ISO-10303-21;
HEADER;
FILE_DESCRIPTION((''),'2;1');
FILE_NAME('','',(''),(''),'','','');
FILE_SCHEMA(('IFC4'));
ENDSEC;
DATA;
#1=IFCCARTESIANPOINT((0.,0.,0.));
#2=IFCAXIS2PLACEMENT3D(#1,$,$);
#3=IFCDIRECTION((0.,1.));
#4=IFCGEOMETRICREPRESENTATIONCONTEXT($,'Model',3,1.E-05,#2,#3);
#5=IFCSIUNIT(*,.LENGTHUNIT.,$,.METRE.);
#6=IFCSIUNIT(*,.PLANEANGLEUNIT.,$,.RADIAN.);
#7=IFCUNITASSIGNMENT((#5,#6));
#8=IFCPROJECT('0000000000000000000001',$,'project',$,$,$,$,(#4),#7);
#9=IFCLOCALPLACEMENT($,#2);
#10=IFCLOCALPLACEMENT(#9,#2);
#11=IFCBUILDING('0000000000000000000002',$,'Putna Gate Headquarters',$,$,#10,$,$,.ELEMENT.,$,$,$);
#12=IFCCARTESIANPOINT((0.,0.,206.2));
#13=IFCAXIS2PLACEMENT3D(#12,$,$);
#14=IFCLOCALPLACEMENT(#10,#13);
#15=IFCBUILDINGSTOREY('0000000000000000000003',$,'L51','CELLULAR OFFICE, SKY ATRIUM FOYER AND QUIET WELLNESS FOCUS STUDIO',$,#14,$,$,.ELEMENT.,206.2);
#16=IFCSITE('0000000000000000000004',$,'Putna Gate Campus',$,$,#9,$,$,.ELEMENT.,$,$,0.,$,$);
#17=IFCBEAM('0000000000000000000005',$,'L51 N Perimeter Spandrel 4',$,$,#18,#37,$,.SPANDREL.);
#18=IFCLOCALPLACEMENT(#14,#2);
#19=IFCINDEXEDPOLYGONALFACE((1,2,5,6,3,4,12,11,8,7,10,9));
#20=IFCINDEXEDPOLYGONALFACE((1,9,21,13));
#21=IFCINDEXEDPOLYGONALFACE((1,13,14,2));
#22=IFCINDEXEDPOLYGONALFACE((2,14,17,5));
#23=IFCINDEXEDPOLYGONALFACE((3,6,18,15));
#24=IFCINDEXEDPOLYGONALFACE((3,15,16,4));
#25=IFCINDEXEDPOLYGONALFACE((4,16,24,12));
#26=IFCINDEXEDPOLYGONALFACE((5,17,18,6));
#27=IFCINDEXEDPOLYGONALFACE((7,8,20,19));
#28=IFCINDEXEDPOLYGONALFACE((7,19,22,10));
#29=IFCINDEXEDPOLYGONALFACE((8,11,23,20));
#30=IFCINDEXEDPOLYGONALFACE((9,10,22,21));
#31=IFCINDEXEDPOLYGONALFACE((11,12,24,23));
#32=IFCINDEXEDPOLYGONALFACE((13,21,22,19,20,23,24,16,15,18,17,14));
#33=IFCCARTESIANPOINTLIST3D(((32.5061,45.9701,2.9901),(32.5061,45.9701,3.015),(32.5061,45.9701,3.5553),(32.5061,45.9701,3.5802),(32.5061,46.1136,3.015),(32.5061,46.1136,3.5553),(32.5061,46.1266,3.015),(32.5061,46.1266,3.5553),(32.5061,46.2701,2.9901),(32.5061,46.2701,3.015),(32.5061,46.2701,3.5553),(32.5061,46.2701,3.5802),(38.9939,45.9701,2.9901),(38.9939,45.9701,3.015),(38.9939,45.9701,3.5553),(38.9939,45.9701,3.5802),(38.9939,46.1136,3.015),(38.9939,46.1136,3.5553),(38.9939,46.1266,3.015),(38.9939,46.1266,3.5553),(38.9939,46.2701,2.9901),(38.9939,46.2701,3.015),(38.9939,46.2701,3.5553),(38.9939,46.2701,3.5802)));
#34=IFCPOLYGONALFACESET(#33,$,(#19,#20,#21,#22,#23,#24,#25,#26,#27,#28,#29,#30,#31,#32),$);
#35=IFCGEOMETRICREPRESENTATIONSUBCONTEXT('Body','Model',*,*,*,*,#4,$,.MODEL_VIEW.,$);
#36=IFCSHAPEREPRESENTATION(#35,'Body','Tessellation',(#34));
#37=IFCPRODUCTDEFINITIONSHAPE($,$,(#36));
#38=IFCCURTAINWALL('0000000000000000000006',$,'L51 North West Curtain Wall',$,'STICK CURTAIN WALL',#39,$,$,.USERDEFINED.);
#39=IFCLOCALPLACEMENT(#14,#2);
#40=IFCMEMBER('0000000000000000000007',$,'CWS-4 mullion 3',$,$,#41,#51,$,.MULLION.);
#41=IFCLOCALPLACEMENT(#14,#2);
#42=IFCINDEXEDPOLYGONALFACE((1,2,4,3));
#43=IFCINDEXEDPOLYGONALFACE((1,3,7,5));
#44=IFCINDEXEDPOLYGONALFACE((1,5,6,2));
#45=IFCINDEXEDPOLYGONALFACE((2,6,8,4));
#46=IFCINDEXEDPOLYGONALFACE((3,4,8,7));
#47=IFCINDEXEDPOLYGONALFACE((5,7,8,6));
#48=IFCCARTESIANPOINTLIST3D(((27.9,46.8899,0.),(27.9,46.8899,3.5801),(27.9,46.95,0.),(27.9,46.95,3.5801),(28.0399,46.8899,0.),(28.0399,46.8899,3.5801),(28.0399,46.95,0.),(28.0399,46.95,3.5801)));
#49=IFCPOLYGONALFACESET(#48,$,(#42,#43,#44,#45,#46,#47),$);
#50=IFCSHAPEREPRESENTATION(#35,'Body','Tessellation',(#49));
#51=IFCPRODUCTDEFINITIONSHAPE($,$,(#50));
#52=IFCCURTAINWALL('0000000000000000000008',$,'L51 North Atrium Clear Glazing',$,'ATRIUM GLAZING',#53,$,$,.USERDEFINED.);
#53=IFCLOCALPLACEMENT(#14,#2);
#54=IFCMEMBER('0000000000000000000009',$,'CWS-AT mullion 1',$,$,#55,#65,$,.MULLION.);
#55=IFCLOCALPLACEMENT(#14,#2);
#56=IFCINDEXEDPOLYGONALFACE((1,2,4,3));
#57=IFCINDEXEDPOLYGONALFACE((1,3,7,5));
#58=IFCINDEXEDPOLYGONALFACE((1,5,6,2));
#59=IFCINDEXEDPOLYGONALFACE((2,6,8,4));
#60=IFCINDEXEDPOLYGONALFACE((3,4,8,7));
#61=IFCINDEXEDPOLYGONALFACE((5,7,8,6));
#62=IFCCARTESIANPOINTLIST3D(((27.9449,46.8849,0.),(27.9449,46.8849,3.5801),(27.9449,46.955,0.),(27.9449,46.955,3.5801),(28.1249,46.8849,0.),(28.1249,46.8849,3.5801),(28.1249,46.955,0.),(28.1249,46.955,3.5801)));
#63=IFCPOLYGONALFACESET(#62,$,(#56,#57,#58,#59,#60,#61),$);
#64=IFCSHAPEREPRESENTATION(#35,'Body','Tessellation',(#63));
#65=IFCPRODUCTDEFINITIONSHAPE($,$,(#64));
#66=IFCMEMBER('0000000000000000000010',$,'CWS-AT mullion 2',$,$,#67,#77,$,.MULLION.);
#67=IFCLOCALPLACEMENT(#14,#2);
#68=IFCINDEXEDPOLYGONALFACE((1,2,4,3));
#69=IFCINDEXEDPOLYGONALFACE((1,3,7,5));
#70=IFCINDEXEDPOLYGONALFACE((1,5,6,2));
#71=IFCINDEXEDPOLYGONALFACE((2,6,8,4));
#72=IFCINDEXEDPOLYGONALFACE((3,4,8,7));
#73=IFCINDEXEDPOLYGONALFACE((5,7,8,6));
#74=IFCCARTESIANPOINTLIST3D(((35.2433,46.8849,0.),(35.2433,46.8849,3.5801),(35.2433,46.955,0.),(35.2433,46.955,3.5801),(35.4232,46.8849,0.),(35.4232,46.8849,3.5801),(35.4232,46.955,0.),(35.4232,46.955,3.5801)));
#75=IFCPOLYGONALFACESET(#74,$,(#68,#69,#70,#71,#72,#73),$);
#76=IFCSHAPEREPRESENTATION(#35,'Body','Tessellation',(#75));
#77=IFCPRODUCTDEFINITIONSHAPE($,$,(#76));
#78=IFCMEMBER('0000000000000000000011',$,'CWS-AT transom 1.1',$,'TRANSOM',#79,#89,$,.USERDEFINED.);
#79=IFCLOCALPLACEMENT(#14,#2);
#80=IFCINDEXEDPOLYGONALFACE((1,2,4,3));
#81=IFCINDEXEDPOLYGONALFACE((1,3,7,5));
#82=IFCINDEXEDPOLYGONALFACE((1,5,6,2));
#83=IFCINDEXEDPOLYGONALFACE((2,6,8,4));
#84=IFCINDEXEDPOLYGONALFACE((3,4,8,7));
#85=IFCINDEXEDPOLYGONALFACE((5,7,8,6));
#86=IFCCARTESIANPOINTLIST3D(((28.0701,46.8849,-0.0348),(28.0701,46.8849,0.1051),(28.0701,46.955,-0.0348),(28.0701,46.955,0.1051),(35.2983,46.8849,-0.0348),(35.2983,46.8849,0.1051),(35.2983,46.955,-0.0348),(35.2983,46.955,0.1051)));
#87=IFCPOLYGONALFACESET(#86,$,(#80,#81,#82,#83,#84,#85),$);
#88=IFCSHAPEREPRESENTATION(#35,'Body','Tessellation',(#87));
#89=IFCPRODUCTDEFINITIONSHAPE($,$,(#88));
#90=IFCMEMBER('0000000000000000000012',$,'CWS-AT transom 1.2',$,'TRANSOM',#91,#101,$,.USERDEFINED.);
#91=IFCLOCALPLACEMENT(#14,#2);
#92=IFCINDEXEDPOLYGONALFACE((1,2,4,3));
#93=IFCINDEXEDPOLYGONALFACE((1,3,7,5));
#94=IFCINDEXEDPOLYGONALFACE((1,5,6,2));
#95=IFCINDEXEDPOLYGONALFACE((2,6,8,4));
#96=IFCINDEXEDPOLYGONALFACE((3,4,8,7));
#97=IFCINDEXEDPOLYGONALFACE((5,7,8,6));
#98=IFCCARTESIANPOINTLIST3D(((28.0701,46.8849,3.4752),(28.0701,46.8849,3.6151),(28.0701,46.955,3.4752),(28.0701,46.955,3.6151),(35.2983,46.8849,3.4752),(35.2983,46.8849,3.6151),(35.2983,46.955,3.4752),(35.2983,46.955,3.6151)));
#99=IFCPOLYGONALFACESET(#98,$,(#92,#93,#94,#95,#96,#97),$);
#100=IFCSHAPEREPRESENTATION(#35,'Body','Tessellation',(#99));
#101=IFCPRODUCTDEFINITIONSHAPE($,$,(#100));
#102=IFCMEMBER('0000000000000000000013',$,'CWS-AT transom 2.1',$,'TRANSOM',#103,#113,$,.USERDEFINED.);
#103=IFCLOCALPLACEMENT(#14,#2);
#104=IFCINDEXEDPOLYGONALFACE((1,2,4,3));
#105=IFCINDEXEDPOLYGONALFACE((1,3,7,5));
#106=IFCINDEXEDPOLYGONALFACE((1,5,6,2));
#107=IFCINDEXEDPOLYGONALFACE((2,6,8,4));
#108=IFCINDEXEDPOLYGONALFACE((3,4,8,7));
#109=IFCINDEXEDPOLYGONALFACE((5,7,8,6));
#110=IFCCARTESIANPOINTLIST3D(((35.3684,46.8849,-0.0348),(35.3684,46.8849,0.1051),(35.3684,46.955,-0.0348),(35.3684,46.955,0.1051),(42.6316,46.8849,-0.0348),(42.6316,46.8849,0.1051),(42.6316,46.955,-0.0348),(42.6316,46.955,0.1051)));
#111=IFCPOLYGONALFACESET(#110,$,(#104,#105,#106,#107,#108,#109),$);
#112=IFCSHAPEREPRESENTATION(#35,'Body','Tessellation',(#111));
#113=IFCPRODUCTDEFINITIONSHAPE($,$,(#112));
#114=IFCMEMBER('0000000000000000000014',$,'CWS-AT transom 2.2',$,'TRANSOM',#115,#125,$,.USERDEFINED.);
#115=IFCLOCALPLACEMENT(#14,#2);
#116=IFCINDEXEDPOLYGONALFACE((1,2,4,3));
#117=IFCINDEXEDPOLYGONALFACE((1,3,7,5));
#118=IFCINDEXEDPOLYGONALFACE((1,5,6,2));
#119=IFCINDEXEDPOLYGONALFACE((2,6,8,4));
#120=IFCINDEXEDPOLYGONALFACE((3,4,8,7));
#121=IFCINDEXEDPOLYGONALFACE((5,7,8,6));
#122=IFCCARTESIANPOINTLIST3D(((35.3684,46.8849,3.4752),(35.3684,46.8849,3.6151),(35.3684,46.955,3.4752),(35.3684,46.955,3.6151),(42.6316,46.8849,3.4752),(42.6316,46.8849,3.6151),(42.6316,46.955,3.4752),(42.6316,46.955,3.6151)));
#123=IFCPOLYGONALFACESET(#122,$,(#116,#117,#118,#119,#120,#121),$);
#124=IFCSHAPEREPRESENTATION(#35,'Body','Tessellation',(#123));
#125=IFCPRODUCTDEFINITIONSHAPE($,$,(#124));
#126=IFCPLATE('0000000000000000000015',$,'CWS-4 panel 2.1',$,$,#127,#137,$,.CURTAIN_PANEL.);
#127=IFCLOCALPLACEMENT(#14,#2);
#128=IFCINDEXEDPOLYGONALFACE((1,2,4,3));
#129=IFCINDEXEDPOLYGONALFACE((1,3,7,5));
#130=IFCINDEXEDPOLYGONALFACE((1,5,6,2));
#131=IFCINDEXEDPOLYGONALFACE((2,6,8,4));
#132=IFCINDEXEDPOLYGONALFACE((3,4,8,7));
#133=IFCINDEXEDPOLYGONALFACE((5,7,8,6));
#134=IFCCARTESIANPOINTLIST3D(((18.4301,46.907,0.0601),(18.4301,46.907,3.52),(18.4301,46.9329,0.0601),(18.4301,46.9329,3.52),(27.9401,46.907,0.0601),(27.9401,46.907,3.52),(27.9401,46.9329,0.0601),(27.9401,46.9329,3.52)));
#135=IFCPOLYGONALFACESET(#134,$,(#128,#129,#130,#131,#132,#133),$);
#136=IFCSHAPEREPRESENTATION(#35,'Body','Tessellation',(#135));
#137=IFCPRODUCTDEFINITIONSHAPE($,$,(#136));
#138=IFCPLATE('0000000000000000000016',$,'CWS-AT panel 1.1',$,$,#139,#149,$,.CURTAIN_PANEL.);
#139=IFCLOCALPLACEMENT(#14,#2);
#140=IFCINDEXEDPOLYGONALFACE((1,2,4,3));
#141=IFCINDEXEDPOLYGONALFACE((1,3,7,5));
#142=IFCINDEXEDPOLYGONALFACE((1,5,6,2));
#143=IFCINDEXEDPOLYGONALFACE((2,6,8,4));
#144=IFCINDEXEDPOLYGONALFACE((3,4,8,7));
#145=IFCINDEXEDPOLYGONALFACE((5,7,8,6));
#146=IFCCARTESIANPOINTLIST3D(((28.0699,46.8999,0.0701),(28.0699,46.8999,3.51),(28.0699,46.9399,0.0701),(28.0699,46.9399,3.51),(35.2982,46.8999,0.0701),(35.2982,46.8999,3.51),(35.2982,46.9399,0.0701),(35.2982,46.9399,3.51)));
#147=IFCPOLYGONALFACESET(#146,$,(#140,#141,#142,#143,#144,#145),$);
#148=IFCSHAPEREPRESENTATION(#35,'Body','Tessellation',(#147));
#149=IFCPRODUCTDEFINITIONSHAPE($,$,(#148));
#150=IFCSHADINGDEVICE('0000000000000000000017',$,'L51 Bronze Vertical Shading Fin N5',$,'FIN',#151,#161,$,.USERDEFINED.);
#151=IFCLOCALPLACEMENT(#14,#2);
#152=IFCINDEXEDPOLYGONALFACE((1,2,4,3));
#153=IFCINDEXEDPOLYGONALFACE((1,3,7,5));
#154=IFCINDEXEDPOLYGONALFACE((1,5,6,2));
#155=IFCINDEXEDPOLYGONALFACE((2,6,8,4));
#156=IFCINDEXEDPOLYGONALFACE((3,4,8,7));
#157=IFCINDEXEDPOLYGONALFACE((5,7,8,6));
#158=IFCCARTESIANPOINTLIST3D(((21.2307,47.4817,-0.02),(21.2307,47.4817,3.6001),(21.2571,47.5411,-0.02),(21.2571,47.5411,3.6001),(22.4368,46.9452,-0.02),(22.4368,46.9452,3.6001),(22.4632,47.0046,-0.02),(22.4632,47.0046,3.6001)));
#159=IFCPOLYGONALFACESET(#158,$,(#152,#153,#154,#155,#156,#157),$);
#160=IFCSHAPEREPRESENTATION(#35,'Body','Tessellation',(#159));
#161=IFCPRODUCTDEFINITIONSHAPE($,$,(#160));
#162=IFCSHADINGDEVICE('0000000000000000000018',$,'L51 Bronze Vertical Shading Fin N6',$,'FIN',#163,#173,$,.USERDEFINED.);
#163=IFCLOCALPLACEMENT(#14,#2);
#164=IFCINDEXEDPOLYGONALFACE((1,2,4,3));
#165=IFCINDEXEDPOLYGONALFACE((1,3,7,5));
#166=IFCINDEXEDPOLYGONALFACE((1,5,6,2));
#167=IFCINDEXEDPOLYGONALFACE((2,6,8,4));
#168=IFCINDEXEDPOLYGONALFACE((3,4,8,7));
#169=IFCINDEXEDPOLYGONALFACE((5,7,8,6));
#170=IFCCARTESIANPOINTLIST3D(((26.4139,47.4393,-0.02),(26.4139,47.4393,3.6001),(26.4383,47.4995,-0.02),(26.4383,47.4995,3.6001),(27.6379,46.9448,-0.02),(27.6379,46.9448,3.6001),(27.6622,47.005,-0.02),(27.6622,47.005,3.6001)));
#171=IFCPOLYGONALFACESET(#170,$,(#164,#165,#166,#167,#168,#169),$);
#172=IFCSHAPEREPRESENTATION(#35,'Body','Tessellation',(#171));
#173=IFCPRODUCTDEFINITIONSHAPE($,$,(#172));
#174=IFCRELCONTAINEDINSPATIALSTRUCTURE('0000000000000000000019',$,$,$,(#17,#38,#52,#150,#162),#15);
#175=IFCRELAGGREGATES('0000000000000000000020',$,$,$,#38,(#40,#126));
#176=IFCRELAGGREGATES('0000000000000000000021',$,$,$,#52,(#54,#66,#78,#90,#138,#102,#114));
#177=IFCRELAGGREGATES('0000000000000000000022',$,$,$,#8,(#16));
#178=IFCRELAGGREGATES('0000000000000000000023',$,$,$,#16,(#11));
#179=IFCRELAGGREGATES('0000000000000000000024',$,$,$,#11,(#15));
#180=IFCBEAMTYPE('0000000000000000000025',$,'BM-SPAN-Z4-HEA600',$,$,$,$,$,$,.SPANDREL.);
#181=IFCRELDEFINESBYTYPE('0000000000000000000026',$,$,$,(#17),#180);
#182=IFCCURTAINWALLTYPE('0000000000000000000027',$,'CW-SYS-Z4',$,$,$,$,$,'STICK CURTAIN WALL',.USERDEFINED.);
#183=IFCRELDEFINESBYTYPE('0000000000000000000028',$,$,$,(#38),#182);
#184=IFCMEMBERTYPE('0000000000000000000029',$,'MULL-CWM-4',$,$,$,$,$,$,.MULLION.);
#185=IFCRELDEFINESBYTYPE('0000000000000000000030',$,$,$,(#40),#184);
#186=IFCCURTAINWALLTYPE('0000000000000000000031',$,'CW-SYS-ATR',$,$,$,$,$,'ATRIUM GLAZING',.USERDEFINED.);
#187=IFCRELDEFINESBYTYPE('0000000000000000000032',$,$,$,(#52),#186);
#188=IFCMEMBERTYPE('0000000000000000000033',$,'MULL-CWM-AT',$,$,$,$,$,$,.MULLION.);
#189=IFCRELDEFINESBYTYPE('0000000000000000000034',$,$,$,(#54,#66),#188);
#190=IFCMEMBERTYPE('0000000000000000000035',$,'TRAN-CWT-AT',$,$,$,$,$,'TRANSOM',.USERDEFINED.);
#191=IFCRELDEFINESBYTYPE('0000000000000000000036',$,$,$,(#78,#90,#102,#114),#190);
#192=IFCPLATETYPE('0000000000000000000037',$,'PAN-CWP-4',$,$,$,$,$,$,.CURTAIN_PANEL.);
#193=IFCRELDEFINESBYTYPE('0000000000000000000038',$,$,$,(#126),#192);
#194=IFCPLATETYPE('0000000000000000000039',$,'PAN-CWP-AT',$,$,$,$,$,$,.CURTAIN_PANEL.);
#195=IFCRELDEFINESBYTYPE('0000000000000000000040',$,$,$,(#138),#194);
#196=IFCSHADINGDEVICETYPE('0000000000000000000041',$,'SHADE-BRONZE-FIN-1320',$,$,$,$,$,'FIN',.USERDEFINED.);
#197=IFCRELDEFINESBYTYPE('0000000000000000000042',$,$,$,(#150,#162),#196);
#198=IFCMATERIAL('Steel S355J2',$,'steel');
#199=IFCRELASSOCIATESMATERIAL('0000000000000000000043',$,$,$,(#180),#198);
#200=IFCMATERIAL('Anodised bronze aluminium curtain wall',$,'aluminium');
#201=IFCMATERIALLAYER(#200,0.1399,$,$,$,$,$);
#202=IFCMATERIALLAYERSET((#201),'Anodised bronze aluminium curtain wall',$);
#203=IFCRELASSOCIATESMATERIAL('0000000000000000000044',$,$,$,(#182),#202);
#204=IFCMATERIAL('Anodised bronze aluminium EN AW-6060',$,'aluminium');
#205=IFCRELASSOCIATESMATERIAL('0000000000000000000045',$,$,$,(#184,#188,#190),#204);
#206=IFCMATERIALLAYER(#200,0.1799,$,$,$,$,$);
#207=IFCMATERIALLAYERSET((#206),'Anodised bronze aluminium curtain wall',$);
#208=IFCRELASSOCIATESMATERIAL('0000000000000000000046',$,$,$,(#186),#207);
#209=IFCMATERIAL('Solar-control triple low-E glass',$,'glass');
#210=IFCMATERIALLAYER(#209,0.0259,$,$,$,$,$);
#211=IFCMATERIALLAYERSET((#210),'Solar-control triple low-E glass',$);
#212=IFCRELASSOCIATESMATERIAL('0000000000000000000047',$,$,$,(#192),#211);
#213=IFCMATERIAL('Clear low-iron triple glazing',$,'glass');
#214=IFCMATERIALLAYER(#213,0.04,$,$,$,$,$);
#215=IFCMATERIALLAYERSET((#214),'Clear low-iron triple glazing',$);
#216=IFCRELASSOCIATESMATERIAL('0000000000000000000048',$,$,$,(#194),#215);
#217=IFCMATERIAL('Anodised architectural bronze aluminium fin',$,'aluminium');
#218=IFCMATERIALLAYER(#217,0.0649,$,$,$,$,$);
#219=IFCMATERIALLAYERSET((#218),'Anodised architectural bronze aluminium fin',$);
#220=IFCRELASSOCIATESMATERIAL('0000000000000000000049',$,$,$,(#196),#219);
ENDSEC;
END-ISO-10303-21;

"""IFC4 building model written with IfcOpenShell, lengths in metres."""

from ifc_helpers import new_model, si_unit, direction, frame, origin, origin_2d, place, context, subcontext, project, spatial, rectangle, i_section, extrude, material, layer, layer_set, material_profile, profile_set, type_object, element, aggregate, save


model = new_model("IFC4")

# Units and contexts
model_context = context("Model", 3, precision=1e-05, world=origin(), true_north=direction((0.0, 1.0)))
body_context = subcontext(model_context, "Body", "Model", "MODEL_VIEW")
ifc_project = project(units=[si_unit("LENGTHUNIT", "METRE"), si_unit("PLANEANGLEUNIT", "RADIAN")], contexts=[model_context])

# Site, building, storey
site_placement = place(None, origin())
site = spatial("IfcSite", under=ifc_project, at=site_placement, Name="Putna Gate Campus", CompositionType="ELEMENT", RefElevation=0.0)
building_placement = place(site_placement, origin())
building = spatial("IfcBuilding", under=site, at=building_placement, Name="Putna Gate Headquarters", CompositionType="ELEMENT")
storey_placement = place(building_placement, frame((0.0, 0.0, 206.2)))
storey = spatial("IfcBuildingStorey", under=building, at=storey_placement, Name="L51", Description="CELLULAR OFFICE, SKY ATRIUM FOYER AND QUIET WELLNESS FOCUS STUDIO", CompositionType="ELEMENT", Elevation=206.2)

# Beam
ifc_material_1 = material(Name="Steel S355J2", Category="steel")
ifc_material_profile_1 = material_profile(ifc_material_1, i_section(OverallWidth=0.3, OverallDepth=0.5901, WebThickness=0.0129, FlangeThickness=0.0249, at=origin_2d()), Name="Steel S355J2")
ifc_profile_set_1 = profile_set([ifc_material_profile_1], Name="Steel S355J2")
beam_type_1 = type_object("IfcBeamType", Name="BM-SPAN-Z4-HEA600", PredefinedType="SPANDREL", material=ifc_profile_set_1)
for number, where, z_axis, x_axis, name in (
    (1, (32.5061, 46.1201, 3.2852), (1.0, 0.0, 0.0), (0.0, 1.0, 0.0), "L51 N Perimeter Spandrel 4"),
):
    element("IfcBeam", number, at=place(storey_placement, frame(where, z_axis=z_axis, x_axis=x_axis)), inside=storey, type_object=beam_type_1, Name=name, PredefinedType="SPANDREL", context=body_context, shape_type="SweptSolid", body=[
        extrude(i_section(OverallWidth=0.3, OverallDepth=0.5901, WebThickness=0.0129, FlangeThickness=0.0249, at=origin_2d()), origin(), (0.0, 0.0, 1.0), 6.4878),
    ])

# Curtain wall, member
ifc_material_2 = material(Name="Anodised bronze aluminium curtain wall", Category="aluminium")
ifc_layer_1 = layer(ifc_material_2, 0.1399)
ifc_layer_set_1 = layer_set([ifc_layer_1], Name="Anodised bronze aluminium curtain wall")
curtain_wall_type_1 = type_object("IfcCurtainWallType", Name="CW-SYS-Z4", ElementType="STICK CURTAIN WALL", PredefinedType="USERDEFINED", material=ifc_layer_set_1)
curtain_wall_1_placement = place(storey_placement, origin())
curtain_wall_1 = element("IfcCurtainWall", 2, at=curtain_wall_1_placement, inside=storey, type_object=curtain_wall_type_1, Name="L51 North West Curtain Wall", ObjectType="STICK CURTAIN WALL", PredefinedType="USERDEFINED")
ifc_material_3 = material(Name="Anodised bronze aluminium EN AW-6060", Category="aluminium")
ifc_material_profile_2 = material_profile(ifc_material_3, rectangle(XDim=0.0601, YDim=0.1399, at=origin_2d()), Name="Anodised bronze aluminium EN AW-6060")
ifc_profile_set_2 = profile_set([ifc_material_profile_2], Name="Anodised bronze aluminium EN AW-6060")
member_type_1 = type_object("IfcMemberType", Name="MULL-CWM-4", PredefinedType="MULLION", material=ifc_profile_set_2)
member_1_placement = place(storey_placement, frame((27.97, 46.9199, 0.0), z_axis=(0.0, 0.0, 1.0), x_axis=(0.0, 1.0, 0.0)))
member_1 = element("IfcMember", 3, at=member_1_placement, type_object=member_type_1, Name="CWS-4 mullion 3", PredefinedType="MULLION", context=body_context, shape_type="SweptSolid", body=[
    extrude(rectangle(XDim=0.0601, YDim=0.1399, at=origin_2d()), origin(), (0.0, 0.0, 1.0), 3.5801),
])

# Curtain wall, members
ifc_layer_2 = layer(ifc_material_2, 0.1799)
ifc_layer_set_2 = layer_set([ifc_layer_2], Name="Anodised bronze aluminium curtain wall")
curtain_wall_type_2 = type_object("IfcCurtainWallType", Name="CW-SYS-ATR", ElementType="ATRIUM GLAZING", PredefinedType="USERDEFINED", material=ifc_layer_set_2)
curtain_wall_2_placement = place(storey_placement, origin())
curtain_wall_2 = element("IfcCurtainWall", 4, at=curtain_wall_2_placement, inside=storey, type_object=curtain_wall_type_2, Name="L51 North Atrium Clear Glazing", ObjectType="ATRIUM GLAZING", PredefinedType="USERDEFINED")
ifc_material_profile_3 = material_profile(ifc_material_3, rectangle(XDim=0.0701, YDim=0.1799, at=origin_2d()), Name="Anodised bronze aluminium EN AW-6060")
ifc_profile_set_3 = profile_set([ifc_material_profile_3], Name="Anodised bronze aluminium EN AW-6060")
member_type_2 = type_object("IfcMemberType", Name="MULL-CWM-AT", PredefinedType="MULLION", material=ifc_profile_set_3)
member_2_placement = place(storey_placement, frame((28.0349, 46.9199, 0.0), z_axis=(0.0, 0.0, 1.0), x_axis=(0.0, 1.0, 0.0)))
member_2 = element("IfcMember", 5, at=member_2_placement, type_object=member_type_2, Name="CWS-AT mullion 1", PredefinedType="MULLION", context=body_context, shape_type="SweptSolid", body=[
    extrude(rectangle(XDim=0.0701, YDim=0.1799, at=origin_2d()), origin(), (0.0, 0.0, 1.0), 3.5801),
])
member_3_placement = place(storey_placement, frame((35.3333, 46.9199, 0.0), z_axis=(0.0, 0.0, 1.0), x_axis=(0.0, 1.0, 0.0)))
member_3 = element("IfcMember", 6, at=member_3_placement, type_object=member_type_2, Name="CWS-AT mullion 2", PredefinedType="MULLION", context=body_context, shape_type="SweptSolid", body=[
    extrude(rectangle(XDim=0.0701, YDim=0.1799, at=origin_2d()), origin(), (0.0, 0.0, 1.0), 3.5801),
])
ifc_material_profile_4 = material_profile(ifc_material_3, rectangle(XDim=0.0701, YDim=0.1399, at=origin_2d()), Name="Anodised bronze aluminium EN AW-6060")
ifc_profile_set_4 = profile_set([ifc_material_profile_4], Name="Anodised bronze aluminium EN AW-6060")
member_type_3 = type_object("IfcMemberType", Name="TRAN-CWT-AT", ElementType="TRANSOM", PredefinedType="USERDEFINED", material=ifc_profile_set_4)
member_4_placement = place(storey_placement, frame((28.0701, 46.9199, 0.0352), z_axis=(1.0, 0.0, 0.0), x_axis=(0.0, 1.0, 0.0)))
member_4 = element("IfcMember", 7, at=member_4_placement, type_object=member_type_3, Name="CWS-AT transom 1.1", ObjectType="TRANSOM", PredefinedType="USERDEFINED", context=body_context, shape_type="SweptSolid", body=[
    extrude(rectangle(XDim=0.0701, YDim=0.1399, at=origin_2d()), origin(), (0.0, 0.0, 1.0), 7.2283),
])
member_5_placement = place(storey_placement, frame((28.0701, 46.9199, 3.5452), z_axis=(1.0, 0.0, 0.0), x_axis=(0.0, 1.0, 0.0)))
member_5 = element("IfcMember", 8, at=member_5_placement, type_object=member_type_3, Name="CWS-AT transom 1.2", ObjectType="TRANSOM", PredefinedType="USERDEFINED", context=body_context, shape_type="SweptSolid", body=[
    extrude(rectangle(XDim=0.0701, YDim=0.1399, at=origin_2d()), origin(), (0.0, 0.0, 1.0), 7.2283),
])
member_6_placement = place(storey_placement, frame((35.3684, 46.9199, 0.0352), z_axis=(1.0, 0.0, 0.0), x_axis=(0.0, 1.0, 0.0)))
member_6 = element("IfcMember", 9, at=member_6_placement, type_object=member_type_3, Name="CWS-AT transom 2.1", ObjectType="TRANSOM", PredefinedType="USERDEFINED", context=body_context, shape_type="SweptSolid", body=[
    extrude(rectangle(XDim=0.0701, YDim=0.1399, at=origin_2d()), origin(), (0.0, 0.0, 1.0), 7.2632),
])
member_7_placement = place(storey_placement, frame((35.3684, 46.9199, 3.5452), z_axis=(1.0, 0.0, 0.0), x_axis=(0.0, 1.0, 0.0)))
member_7 = element("IfcMember", 10, at=member_7_placement, type_object=member_type_3, Name="CWS-AT transom 2.2", ObjectType="TRANSOM", PredefinedType="USERDEFINED", context=body_context, shape_type="SweptSolid", body=[
    extrude(rectangle(XDim=0.0701, YDim=0.1399, at=origin_2d()), origin(), (0.0, 0.0, 1.0), 7.2632),
])

# Plates
ifc_material_4 = material(Name="Solar-control triple low-E glass", Category="glass")
ifc_layer_3 = layer(ifc_material_4, 0.0259)
ifc_layer_set_3 = layer_set([ifc_layer_3], Name="Solar-control triple low-E glass")
plate_type_1 = type_object("IfcPlateType", Name="PAN-CWP-4", PredefinedType="CURTAIN_PANEL", material=ifc_layer_set_3)
plate_1_placement = place(storey_placement, frame((23.1851, 46.9199, 0.0601), z_axis=(0.0, 0.0, 1.0), x_axis=(1.0, 0.0, 0.0)))
plate_1 = element("IfcPlate", 11, at=plate_1_placement, type_object=plate_type_1, Name="CWS-4 panel 2.1", PredefinedType="CURTAIN_PANEL", context=body_context, shape_type="SweptSolid", body=[
    extrude(rectangle(XDim=9.51, YDim=0.0259, at=origin_2d()), origin(), (0.0, 0.0, 1.0), 3.46),
])
aggregate(curtain_wall_1, [member_1, plate_1])
ifc_material_5 = material(Name="Clear low-iron triple glazing", Category="glass")
ifc_layer_4 = layer(ifc_material_5, 0.04)
ifc_layer_set_4 = layer_set([ifc_layer_4], Name="Clear low-iron triple glazing")
plate_type_2 = type_object("IfcPlateType", Name="PAN-CWP-AT", PredefinedType="CURTAIN_PANEL", material=ifc_layer_set_4)
plate_2_placement = place(storey_placement, frame((31.6841, 46.9199, 0.0701), z_axis=(0.0, 0.0, 1.0), x_axis=(1.0, 0.0, 0.0)))
plate_2 = element("IfcPlate", 12, at=plate_2_placement, type_object=plate_type_2, Name="CWS-AT panel 1.1", PredefinedType="CURTAIN_PANEL", context=body_context, shape_type="SweptSolid", body=[
    extrude(rectangle(XDim=7.2283, YDim=0.04, at=origin_2d()), origin(), (0.0, 0.0, 1.0), 3.4399),
])
aggregate(curtain_wall_2, [member_2, member_3, member_4, member_5, plate_2, member_6, member_7])

# Shading devices
ifc_material_6 = material(Name="Anodised architectural bronze aluminium fin", Category="aluminium")
ifc_layer_5 = layer(ifc_material_6, 0.0649)
ifc_layer_set_5 = layer_set([ifc_layer_5], Name="Anodised architectural bronze aluminium fin")
shading_device_type = type_object("IfcShadingDeviceType", Name="SHADE-BRONZE-FIN-1320", ElementType="FIN", PredefinedType="USERDEFINED", material=ifc_layer_set_5)
for number, where, z_axis, x_axis, name in (
    (13, (21.8469, 47.2432, -0.02), (0.0, 0.0, 1.0), (-0.913687, 0.406418, 0.0), "L51 Bronze Vertical Shading Fin N5"),
    (14, (27.0381, 47.2222, -0.02), (0.0, 0.0, 1.0), (-0.927184, 0.374607, 0.0), "L51 Bronze Vertical Shading Fin N6"),
):
    element("IfcShadingDevice", number, at=place(storey_placement, frame(where, z_axis=z_axis, x_axis=x_axis)), inside=storey, type_object=shading_device_type, Name=name, ObjectType="FIN", PredefinedType="USERDEFINED", context=body_context, shape_type="SweptSolid", body=[
        extrude(rectangle(XDim=1.3201, YDim=0.0649, at=origin_2d()), origin(), (0.0, 0.0, 1.0), 3.6201),
    ])

save(model, "model.ifc")
